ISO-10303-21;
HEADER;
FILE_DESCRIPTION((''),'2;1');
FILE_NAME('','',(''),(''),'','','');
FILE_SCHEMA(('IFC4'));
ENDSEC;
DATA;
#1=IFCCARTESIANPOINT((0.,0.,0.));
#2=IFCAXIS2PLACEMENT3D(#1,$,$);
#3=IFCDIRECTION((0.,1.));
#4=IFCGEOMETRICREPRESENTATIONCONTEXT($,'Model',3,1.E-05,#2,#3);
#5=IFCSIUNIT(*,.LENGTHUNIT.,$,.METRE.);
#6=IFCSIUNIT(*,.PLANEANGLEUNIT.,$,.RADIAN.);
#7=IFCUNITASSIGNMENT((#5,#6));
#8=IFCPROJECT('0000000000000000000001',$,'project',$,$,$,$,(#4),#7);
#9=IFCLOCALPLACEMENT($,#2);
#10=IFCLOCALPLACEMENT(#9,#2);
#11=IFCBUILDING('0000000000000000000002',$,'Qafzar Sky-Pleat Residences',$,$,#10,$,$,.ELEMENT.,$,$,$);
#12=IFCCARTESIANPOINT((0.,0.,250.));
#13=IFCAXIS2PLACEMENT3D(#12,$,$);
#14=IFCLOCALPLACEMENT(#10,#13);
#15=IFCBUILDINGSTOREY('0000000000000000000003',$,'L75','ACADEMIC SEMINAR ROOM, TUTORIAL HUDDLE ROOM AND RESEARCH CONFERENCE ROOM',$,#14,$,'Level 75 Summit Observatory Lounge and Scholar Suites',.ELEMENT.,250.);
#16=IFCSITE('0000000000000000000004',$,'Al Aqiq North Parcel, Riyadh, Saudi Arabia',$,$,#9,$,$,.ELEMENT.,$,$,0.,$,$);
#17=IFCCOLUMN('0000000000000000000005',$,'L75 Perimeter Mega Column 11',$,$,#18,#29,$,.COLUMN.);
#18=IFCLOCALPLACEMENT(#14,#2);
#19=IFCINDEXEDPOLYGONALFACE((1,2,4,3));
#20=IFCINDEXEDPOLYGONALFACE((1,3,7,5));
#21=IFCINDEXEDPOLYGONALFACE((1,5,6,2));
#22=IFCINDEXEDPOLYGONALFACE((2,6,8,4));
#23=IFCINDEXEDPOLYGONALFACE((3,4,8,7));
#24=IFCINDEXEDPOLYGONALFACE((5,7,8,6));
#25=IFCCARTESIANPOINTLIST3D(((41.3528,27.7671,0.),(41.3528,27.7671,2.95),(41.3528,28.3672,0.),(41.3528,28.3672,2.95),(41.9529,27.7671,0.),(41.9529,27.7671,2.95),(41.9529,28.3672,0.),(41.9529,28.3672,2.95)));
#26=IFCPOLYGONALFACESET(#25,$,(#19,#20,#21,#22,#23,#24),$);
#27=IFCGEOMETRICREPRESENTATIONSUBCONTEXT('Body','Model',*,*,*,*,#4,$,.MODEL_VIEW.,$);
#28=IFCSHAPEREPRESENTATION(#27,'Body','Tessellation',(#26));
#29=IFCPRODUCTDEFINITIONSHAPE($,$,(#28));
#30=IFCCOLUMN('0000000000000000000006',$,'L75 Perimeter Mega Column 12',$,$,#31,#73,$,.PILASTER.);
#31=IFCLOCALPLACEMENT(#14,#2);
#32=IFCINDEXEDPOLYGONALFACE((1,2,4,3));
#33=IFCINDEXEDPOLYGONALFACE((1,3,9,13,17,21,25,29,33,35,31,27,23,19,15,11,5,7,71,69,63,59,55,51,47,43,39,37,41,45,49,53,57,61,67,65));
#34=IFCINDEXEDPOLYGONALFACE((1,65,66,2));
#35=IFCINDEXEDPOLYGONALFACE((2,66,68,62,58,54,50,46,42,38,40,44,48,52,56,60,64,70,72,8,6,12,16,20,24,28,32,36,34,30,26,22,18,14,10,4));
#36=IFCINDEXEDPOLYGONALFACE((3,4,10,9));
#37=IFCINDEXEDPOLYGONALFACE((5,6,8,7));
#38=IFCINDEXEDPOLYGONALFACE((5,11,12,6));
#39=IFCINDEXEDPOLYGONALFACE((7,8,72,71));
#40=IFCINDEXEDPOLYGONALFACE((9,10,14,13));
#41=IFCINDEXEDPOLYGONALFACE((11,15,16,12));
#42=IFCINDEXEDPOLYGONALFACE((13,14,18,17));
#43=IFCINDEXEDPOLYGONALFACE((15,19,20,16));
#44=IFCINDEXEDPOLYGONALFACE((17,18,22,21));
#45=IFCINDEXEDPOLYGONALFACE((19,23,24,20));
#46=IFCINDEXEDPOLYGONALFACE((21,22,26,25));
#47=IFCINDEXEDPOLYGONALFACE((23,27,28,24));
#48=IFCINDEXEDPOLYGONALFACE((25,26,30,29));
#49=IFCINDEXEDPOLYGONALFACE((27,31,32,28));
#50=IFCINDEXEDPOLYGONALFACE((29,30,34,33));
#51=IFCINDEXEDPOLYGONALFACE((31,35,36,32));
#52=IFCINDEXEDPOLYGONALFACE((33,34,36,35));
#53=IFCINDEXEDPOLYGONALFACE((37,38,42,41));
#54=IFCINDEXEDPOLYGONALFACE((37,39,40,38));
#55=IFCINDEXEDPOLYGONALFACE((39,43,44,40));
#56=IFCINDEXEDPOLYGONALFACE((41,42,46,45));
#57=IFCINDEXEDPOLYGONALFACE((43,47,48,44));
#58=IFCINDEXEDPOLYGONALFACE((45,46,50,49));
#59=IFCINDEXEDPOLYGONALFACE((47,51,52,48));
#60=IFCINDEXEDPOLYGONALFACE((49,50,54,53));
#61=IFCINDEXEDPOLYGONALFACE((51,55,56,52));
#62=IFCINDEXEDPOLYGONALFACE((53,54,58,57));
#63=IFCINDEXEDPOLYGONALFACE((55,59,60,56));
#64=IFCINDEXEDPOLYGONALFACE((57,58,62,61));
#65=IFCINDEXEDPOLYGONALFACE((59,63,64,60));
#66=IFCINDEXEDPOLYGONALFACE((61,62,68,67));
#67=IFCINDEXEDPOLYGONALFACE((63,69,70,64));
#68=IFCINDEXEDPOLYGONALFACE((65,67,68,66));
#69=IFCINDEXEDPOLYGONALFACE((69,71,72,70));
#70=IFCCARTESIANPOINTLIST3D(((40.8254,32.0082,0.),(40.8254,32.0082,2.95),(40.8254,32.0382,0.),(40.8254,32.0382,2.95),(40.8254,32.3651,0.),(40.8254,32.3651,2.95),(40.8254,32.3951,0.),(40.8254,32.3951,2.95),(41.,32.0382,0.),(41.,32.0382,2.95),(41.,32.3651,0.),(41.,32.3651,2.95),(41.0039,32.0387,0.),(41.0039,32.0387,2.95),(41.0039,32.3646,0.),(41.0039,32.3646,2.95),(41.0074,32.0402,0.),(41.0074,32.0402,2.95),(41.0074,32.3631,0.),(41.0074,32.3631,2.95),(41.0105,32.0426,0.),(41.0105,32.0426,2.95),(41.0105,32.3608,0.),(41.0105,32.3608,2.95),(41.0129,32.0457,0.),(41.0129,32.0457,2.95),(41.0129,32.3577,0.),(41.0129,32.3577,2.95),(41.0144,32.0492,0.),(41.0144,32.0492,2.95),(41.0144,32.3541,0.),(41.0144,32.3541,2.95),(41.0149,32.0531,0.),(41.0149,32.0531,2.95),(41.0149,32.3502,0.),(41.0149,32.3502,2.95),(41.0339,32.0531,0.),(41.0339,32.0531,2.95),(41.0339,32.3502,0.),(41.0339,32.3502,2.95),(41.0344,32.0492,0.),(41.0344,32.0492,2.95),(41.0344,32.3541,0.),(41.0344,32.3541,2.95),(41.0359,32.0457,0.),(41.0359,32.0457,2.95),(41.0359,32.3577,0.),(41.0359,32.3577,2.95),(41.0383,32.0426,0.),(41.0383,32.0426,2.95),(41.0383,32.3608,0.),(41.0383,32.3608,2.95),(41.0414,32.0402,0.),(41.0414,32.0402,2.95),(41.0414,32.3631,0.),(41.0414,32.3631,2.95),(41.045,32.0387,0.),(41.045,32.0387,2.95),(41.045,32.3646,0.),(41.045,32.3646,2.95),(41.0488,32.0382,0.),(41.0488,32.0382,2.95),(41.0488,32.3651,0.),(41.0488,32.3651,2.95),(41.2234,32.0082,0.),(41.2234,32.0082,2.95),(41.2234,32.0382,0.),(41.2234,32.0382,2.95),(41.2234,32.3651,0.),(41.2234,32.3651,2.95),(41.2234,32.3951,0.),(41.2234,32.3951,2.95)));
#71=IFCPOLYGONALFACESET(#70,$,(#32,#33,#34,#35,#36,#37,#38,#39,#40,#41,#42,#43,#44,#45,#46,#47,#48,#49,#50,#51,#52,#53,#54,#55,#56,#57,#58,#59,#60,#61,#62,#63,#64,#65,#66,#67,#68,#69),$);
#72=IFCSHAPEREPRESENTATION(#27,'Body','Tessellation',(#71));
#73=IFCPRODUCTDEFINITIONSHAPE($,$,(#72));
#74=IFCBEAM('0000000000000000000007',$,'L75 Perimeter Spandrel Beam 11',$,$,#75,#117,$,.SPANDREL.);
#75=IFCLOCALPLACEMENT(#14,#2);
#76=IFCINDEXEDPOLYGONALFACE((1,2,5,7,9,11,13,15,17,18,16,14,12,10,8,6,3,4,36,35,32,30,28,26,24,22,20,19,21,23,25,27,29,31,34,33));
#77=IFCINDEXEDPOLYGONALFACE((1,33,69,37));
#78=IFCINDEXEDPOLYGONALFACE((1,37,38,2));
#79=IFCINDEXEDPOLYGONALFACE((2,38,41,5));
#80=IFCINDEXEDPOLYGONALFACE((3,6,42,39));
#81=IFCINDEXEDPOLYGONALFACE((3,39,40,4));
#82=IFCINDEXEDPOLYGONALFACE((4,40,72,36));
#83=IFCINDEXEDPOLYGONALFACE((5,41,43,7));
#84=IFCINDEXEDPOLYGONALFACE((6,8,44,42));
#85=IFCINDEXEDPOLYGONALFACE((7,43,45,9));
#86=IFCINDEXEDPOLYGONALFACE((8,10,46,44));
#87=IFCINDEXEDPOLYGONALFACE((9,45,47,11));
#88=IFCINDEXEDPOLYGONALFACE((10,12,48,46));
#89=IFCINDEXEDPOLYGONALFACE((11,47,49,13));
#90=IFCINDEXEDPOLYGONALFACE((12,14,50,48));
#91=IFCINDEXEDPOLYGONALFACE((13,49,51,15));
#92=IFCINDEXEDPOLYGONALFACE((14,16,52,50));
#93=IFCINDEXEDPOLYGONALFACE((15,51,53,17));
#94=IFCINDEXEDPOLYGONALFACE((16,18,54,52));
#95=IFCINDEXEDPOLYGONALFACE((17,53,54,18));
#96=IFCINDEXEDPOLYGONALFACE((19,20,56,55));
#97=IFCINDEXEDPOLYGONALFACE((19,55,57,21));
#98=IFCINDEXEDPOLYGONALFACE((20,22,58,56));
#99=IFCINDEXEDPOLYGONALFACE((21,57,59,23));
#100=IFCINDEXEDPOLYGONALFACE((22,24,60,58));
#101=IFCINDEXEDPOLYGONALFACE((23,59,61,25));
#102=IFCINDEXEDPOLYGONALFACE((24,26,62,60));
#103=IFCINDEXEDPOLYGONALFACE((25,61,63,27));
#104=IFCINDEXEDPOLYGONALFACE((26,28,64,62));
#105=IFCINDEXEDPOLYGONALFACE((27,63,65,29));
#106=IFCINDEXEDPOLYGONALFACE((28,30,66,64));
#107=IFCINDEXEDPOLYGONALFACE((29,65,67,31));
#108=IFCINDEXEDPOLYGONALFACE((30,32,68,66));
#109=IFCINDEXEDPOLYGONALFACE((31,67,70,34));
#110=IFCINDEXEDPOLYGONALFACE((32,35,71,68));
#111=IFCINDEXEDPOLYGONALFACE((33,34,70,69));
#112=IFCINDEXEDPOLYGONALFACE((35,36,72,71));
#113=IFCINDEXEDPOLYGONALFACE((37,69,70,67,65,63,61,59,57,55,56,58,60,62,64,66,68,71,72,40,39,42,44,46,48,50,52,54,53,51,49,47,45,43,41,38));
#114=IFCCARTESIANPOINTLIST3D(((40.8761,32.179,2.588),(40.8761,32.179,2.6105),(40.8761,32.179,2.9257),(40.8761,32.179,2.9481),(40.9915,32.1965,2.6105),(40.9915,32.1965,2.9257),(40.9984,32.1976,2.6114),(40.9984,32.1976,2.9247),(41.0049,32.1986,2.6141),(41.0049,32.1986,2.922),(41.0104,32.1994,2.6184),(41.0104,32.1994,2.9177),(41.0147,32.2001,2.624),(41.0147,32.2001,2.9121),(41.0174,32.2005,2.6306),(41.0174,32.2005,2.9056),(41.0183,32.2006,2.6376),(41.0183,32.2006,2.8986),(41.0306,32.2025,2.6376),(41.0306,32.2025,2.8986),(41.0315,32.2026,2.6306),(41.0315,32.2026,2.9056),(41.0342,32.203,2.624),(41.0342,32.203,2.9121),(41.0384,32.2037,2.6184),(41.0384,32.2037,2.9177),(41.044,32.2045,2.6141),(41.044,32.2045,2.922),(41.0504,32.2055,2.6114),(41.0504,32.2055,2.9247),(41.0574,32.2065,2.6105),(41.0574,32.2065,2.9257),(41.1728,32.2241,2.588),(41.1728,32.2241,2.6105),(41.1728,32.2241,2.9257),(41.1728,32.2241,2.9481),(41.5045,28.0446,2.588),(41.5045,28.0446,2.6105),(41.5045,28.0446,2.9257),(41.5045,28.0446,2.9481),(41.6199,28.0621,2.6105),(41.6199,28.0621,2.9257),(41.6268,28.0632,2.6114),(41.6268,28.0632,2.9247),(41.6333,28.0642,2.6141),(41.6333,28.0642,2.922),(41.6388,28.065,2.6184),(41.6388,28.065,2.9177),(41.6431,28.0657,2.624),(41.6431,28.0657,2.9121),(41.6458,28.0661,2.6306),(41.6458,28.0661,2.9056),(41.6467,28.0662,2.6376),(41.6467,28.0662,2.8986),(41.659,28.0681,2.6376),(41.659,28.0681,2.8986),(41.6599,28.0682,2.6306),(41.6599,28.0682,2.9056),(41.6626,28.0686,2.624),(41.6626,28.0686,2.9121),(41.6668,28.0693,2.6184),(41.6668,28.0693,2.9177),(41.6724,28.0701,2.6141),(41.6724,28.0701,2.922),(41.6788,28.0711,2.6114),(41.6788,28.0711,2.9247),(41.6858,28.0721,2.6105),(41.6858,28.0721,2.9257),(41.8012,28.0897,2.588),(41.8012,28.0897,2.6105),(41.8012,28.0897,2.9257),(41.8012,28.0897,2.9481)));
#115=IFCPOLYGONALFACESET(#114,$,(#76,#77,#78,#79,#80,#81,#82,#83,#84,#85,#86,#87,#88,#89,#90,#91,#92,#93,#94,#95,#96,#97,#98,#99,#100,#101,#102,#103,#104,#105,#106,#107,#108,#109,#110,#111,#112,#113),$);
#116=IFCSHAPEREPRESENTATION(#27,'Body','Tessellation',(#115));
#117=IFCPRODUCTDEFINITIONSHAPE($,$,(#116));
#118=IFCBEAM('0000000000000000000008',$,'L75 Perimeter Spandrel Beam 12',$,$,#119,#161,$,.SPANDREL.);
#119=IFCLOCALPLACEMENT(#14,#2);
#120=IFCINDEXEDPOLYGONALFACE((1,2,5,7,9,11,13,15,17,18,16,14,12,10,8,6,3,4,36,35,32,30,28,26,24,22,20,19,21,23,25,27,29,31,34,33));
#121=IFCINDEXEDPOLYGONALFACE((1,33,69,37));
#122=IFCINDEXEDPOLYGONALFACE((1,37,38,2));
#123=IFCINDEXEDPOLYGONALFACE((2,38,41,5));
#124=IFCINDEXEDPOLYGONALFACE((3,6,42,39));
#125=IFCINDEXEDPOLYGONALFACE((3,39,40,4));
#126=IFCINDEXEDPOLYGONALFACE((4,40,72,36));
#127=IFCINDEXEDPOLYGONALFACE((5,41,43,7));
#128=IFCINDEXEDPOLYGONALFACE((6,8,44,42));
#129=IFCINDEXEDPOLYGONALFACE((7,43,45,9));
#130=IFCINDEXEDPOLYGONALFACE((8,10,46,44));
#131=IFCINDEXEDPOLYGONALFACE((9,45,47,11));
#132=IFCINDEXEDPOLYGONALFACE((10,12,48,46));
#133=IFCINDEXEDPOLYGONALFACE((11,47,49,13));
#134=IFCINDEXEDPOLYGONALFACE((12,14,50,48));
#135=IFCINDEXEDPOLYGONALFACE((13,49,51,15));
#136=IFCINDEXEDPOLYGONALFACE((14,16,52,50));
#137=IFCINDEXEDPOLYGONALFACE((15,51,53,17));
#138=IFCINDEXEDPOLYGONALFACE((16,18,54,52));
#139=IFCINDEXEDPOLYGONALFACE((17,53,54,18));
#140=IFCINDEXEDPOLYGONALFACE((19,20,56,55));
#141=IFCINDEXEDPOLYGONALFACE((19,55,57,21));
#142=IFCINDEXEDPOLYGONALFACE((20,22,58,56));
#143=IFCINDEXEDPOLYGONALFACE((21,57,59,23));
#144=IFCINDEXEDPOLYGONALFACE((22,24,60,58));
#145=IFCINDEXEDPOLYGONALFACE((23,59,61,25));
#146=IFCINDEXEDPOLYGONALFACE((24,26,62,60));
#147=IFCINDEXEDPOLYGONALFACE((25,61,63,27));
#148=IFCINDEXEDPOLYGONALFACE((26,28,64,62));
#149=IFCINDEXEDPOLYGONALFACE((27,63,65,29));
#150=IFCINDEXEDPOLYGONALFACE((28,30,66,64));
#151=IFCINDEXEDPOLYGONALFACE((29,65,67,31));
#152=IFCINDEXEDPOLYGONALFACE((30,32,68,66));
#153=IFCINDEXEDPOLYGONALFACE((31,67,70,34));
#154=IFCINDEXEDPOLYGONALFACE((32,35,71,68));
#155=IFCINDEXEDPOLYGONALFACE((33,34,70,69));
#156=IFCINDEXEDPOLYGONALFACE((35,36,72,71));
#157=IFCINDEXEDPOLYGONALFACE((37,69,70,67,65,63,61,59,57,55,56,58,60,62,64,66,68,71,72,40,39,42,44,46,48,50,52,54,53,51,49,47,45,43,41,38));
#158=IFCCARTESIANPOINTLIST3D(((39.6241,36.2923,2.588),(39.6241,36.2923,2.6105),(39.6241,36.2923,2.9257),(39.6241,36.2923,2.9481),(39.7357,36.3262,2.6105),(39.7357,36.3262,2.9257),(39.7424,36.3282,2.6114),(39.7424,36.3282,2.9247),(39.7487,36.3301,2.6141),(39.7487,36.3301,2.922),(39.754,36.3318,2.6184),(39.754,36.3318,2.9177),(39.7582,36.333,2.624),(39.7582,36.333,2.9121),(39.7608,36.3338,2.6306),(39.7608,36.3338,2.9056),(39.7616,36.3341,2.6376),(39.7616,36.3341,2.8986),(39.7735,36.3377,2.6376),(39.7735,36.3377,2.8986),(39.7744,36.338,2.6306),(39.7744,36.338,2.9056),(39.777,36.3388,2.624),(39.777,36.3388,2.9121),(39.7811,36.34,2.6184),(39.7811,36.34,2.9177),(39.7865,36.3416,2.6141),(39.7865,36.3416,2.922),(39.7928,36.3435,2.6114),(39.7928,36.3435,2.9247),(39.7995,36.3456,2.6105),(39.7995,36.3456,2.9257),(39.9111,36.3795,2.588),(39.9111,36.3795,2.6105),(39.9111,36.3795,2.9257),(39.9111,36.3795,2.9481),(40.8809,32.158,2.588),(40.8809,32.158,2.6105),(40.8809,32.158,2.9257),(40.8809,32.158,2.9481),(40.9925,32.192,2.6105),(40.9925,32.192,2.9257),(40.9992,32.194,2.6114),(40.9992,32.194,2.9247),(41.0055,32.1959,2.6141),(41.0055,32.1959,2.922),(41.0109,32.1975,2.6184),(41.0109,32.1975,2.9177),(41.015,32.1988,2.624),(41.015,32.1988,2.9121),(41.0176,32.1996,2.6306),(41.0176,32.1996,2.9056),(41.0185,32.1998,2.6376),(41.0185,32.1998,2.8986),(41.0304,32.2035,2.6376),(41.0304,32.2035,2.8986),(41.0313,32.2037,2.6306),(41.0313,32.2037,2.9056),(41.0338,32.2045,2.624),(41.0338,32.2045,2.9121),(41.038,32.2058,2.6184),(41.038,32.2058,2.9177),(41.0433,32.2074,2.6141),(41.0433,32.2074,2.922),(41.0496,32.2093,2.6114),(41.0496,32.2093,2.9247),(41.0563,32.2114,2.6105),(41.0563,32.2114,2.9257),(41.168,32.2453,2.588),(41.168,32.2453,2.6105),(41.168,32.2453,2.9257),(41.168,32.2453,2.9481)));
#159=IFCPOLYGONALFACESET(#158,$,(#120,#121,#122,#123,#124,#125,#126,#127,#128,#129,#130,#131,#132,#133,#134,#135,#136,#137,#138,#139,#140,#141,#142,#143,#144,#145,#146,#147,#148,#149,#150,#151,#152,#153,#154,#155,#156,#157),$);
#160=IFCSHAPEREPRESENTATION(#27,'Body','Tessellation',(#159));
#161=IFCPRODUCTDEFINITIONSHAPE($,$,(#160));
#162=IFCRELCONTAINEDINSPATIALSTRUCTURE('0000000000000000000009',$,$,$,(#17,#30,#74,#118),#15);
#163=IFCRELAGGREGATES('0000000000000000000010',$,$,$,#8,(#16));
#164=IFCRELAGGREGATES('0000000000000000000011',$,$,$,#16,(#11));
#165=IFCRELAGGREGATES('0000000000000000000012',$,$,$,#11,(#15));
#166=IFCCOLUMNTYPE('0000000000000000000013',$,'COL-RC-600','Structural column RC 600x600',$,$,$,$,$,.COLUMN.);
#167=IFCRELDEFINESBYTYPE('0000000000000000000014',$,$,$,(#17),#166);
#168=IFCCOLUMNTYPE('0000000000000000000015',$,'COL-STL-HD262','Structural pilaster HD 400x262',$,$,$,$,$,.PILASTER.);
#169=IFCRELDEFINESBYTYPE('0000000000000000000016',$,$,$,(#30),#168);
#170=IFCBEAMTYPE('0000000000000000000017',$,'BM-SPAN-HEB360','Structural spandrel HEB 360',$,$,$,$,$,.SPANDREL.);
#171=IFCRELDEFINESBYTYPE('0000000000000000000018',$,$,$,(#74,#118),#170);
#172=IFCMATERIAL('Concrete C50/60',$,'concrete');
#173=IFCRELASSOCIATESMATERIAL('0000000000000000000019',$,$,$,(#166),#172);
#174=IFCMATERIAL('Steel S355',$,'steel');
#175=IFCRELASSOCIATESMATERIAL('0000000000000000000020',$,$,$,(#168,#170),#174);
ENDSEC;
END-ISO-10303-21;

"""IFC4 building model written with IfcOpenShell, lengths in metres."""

from ifc_helpers import new_model, si_unit, direction, frame, origin, origin_2d, place, context, subcontext, project, spatial, rectangle, i_section, extrude, source, transform, mapped, material, material_profile, profile_set, type_object, element, save


model = new_model("IFC4")

# Units and contexts
model_context = context("Model", 3, precision=1e-05, world=origin(), true_north=direction((0.0, 1.0)))
body_context = subcontext(model_context, "Body", "Model", "MODEL_VIEW")
ifc_project = project(units=[si_unit("LENGTHUNIT", "METRE"), si_unit("PLANEANGLEUNIT", "RADIAN")], contexts=[model_context])

# Site, building, storey
site_placement = place(None, origin())
site = spatial("IfcSite", under=ifc_project, at=site_placement, Name="Al Aqiq North Parcel, Riyadh, Saudi Arabia", CompositionType="ELEMENT", RefElevation=0.0)
building_placement = place(site_placement, origin())
building = spatial("IfcBuilding", under=site, at=building_placement, Name="Qafzar Sky-Pleat Residences", CompositionType="ELEMENT")
storey_placement = place(building_placement, frame((0.0, 0.0, 250.0)))
storey = spatial("IfcBuildingStorey", under=building, at=storey_placement, Name="L75", Description="ACADEMIC SEMINAR ROOM, TUTORIAL HUDDLE ROOM AND RESEARCH CONFERENCE ROOM", LongName="Level 75 Summit Observatory Lounge and Scholar Suites", CompositionType="ELEMENT", Elevation=250.0)

# Columns
ifc_material_1 = material(Name="Concrete C50/60", Category="concrete")
ifc_material_profile_1 = material_profile(ifc_material_1, rectangle(XDim=0.6001, YDim=0.6001, at=origin_2d()), Name="RC 600x600")
ifc_profile_set_1 = profile_set([ifc_material_profile_1], Name="Concrete C50/60")
column_type_1 = type_object("IfcColumnType", Name="COL-RC-600", Description="Structural column RC 600x600", PredefinedType="COLUMN", material=ifc_profile_set_1)
shared_shape_1 = source(origin(), body_context, "Body", "SweptSolid", [
    extrude(rectangle(XDim=0.6001, YDim=0.6001, at=origin_2d()), origin(), (0.0, 0.0, 1.0), 2.95),
])
column_1_placement = place(storey_placement, frame((41.6528, 28.0671, 0.0), z_axis=(0.0, 0.0, 1.0), x_axis=(1.0, 0.0, 0.0)))
element("IfcColumn", 1, at=column_1_placement, inside=storey, type_object=column_type_1, Name="L75 Perimeter Mega Column 11", PredefinedType="COLUMN", context=body_context, shape_type="MappedRepresentation", body=[
    mapped(shared_shape_1, transform((0.0, 0.0, 0.0), x_axis=(1.0, 0.0, 0.0), y_axis=(0.0, 1.0, 0.0), z_axis=(0.0, 0.0, 1.0), scale=1.0)),
])
ifc_material_2 = material(Name="Steel S355", Category="steel")
ifc_material_profile_2 = material_profile(ifc_material_2, i_section(OverallWidth=0.3979, OverallDepth=0.387, WebThickness=0.019, FlangeThickness=0.03, FilletRadius=0.0149, at=origin_2d()), Name="HD 400x262")
ifc_profile_set_2 = profile_set([ifc_material_profile_2], Name="Steel S355")
column_type_2 = type_object("IfcColumnType", Name="COL-STL-HD262", Description="Structural pilaster HD 400x262", PredefinedType="PILASTER", material=ifc_profile_set_2)
shared_shape_2 = source(origin(), body_context, "Body", "SweptSolid", [
    extrude(i_section(OverallWidth=0.3979, OverallDepth=0.387, WebThickness=0.019, FlangeThickness=0.03, FilletRadius=0.0149, at=origin_2d()), origin(), (0.0, 0.0, 1.0), 2.95),
])
column_2_placement = place(storey_placement, frame((41.0244, 32.2017, 0.0), z_axis=(0.0, 0.0, 1.0), x_axis=(1.0, 0.0, 0.0)))
element("IfcColumn", 2, at=column_2_placement, inside=storey, type_object=column_type_2, Name="L75 Perimeter Mega Column 12", PredefinedType="PILASTER", context=body_context, shape_type="MappedRepresentation", body=[
    mapped(shared_shape_2, transform((0.0, 0.0, 0.0), x_axis=(1.0, 0.0, 0.0), y_axis=(0.0, 1.0, 0.0), z_axis=(0.0, 0.0, 1.0), scale=1.0)),
])

# Beams
ifc_material_profile_3 = material_profile(ifc_material_2, i_section(OverallWidth=0.3, OverallDepth=0.3601, WebThickness=0.0125, FlangeThickness=0.0225, FilletRadius=0.0271, at=origin_2d()), Name="HEB 360")
ifc_profile_set_3 = profile_set([ifc_material_profile_3], Name="Steel S355")
beam_type_1 = type_object("IfcBeamType", Name="BM-SPAN-HEB360", Description="Structural spandrel HEB 360", PredefinedType="SPANDREL", material=ifc_profile_set_3)
shared_shape_3 = source(origin(), body_context, "Body", "SweptSolid", [
    extrude(i_section(OverallWidth=0.3, OverallDepth=0.3601, WebThickness=0.0125, FlangeThickness=0.0225, FilletRadius=0.0271, at=origin_2d()), origin(), (0.0, 0.0, 1.0), 4.1819),
])
beam_1_placement = place(storey_placement, frame((41.6528, 28.0671, 2.7681), z_axis=(-0.150267, 0.988645, 0.0), x_axis=(-0.988645, -0.150267, 0.0)))
element("IfcBeam", 3, at=beam_1_placement, inside=storey, type_object=beam_type_1, Name="L75 Perimeter Spandrel Beam 11", PredefinedType="SPANDREL", context=body_context, shape_type="MappedRepresentation", body=[
    mapped(shared_shape_3, transform((0.0, 0.0, 0.0), x_axis=(1.0, 0.0, 0.0), y_axis=(0.0, 1.0, 0.0), z_axis=(0.0, 0.0, 1.0), scale=1.0)),
])
shared_shape_4 = source(origin(), body_context, "Body", "SweptSolid", [
    extrude(i_section(OverallWidth=0.3, OverallDepth=0.3601, WebThickness=0.0125, FlangeThickness=0.0225, FilletRadius=0.0271, at=origin_2d()), origin(), (0.0, 0.0, 1.0), 4.321),
])
beam_2_placement = place(storey_placement, frame((41.0244, 32.2017, 2.7681), z_axis=(-0.29086, 0.956766, 0.0), x_axis=(-0.956766, -0.29086, 0.0)))
element("IfcBeam", 4, at=beam_2_placement, inside=storey, type_object=beam_type_1, Name="L75 Perimeter Spandrel Beam 12", PredefinedType="SPANDREL", context=body_context, shape_type="MappedRepresentation", body=[
    mapped(shared_shape_4, transform((0.0, 0.0, 0.0), x_axis=(1.0, 0.0, 0.0), y_axis=(0.0, 1.0, 0.0), z_axis=(0.0, 0.0, 1.0), scale=1.0)),
])

save(model, "model.ifc")
